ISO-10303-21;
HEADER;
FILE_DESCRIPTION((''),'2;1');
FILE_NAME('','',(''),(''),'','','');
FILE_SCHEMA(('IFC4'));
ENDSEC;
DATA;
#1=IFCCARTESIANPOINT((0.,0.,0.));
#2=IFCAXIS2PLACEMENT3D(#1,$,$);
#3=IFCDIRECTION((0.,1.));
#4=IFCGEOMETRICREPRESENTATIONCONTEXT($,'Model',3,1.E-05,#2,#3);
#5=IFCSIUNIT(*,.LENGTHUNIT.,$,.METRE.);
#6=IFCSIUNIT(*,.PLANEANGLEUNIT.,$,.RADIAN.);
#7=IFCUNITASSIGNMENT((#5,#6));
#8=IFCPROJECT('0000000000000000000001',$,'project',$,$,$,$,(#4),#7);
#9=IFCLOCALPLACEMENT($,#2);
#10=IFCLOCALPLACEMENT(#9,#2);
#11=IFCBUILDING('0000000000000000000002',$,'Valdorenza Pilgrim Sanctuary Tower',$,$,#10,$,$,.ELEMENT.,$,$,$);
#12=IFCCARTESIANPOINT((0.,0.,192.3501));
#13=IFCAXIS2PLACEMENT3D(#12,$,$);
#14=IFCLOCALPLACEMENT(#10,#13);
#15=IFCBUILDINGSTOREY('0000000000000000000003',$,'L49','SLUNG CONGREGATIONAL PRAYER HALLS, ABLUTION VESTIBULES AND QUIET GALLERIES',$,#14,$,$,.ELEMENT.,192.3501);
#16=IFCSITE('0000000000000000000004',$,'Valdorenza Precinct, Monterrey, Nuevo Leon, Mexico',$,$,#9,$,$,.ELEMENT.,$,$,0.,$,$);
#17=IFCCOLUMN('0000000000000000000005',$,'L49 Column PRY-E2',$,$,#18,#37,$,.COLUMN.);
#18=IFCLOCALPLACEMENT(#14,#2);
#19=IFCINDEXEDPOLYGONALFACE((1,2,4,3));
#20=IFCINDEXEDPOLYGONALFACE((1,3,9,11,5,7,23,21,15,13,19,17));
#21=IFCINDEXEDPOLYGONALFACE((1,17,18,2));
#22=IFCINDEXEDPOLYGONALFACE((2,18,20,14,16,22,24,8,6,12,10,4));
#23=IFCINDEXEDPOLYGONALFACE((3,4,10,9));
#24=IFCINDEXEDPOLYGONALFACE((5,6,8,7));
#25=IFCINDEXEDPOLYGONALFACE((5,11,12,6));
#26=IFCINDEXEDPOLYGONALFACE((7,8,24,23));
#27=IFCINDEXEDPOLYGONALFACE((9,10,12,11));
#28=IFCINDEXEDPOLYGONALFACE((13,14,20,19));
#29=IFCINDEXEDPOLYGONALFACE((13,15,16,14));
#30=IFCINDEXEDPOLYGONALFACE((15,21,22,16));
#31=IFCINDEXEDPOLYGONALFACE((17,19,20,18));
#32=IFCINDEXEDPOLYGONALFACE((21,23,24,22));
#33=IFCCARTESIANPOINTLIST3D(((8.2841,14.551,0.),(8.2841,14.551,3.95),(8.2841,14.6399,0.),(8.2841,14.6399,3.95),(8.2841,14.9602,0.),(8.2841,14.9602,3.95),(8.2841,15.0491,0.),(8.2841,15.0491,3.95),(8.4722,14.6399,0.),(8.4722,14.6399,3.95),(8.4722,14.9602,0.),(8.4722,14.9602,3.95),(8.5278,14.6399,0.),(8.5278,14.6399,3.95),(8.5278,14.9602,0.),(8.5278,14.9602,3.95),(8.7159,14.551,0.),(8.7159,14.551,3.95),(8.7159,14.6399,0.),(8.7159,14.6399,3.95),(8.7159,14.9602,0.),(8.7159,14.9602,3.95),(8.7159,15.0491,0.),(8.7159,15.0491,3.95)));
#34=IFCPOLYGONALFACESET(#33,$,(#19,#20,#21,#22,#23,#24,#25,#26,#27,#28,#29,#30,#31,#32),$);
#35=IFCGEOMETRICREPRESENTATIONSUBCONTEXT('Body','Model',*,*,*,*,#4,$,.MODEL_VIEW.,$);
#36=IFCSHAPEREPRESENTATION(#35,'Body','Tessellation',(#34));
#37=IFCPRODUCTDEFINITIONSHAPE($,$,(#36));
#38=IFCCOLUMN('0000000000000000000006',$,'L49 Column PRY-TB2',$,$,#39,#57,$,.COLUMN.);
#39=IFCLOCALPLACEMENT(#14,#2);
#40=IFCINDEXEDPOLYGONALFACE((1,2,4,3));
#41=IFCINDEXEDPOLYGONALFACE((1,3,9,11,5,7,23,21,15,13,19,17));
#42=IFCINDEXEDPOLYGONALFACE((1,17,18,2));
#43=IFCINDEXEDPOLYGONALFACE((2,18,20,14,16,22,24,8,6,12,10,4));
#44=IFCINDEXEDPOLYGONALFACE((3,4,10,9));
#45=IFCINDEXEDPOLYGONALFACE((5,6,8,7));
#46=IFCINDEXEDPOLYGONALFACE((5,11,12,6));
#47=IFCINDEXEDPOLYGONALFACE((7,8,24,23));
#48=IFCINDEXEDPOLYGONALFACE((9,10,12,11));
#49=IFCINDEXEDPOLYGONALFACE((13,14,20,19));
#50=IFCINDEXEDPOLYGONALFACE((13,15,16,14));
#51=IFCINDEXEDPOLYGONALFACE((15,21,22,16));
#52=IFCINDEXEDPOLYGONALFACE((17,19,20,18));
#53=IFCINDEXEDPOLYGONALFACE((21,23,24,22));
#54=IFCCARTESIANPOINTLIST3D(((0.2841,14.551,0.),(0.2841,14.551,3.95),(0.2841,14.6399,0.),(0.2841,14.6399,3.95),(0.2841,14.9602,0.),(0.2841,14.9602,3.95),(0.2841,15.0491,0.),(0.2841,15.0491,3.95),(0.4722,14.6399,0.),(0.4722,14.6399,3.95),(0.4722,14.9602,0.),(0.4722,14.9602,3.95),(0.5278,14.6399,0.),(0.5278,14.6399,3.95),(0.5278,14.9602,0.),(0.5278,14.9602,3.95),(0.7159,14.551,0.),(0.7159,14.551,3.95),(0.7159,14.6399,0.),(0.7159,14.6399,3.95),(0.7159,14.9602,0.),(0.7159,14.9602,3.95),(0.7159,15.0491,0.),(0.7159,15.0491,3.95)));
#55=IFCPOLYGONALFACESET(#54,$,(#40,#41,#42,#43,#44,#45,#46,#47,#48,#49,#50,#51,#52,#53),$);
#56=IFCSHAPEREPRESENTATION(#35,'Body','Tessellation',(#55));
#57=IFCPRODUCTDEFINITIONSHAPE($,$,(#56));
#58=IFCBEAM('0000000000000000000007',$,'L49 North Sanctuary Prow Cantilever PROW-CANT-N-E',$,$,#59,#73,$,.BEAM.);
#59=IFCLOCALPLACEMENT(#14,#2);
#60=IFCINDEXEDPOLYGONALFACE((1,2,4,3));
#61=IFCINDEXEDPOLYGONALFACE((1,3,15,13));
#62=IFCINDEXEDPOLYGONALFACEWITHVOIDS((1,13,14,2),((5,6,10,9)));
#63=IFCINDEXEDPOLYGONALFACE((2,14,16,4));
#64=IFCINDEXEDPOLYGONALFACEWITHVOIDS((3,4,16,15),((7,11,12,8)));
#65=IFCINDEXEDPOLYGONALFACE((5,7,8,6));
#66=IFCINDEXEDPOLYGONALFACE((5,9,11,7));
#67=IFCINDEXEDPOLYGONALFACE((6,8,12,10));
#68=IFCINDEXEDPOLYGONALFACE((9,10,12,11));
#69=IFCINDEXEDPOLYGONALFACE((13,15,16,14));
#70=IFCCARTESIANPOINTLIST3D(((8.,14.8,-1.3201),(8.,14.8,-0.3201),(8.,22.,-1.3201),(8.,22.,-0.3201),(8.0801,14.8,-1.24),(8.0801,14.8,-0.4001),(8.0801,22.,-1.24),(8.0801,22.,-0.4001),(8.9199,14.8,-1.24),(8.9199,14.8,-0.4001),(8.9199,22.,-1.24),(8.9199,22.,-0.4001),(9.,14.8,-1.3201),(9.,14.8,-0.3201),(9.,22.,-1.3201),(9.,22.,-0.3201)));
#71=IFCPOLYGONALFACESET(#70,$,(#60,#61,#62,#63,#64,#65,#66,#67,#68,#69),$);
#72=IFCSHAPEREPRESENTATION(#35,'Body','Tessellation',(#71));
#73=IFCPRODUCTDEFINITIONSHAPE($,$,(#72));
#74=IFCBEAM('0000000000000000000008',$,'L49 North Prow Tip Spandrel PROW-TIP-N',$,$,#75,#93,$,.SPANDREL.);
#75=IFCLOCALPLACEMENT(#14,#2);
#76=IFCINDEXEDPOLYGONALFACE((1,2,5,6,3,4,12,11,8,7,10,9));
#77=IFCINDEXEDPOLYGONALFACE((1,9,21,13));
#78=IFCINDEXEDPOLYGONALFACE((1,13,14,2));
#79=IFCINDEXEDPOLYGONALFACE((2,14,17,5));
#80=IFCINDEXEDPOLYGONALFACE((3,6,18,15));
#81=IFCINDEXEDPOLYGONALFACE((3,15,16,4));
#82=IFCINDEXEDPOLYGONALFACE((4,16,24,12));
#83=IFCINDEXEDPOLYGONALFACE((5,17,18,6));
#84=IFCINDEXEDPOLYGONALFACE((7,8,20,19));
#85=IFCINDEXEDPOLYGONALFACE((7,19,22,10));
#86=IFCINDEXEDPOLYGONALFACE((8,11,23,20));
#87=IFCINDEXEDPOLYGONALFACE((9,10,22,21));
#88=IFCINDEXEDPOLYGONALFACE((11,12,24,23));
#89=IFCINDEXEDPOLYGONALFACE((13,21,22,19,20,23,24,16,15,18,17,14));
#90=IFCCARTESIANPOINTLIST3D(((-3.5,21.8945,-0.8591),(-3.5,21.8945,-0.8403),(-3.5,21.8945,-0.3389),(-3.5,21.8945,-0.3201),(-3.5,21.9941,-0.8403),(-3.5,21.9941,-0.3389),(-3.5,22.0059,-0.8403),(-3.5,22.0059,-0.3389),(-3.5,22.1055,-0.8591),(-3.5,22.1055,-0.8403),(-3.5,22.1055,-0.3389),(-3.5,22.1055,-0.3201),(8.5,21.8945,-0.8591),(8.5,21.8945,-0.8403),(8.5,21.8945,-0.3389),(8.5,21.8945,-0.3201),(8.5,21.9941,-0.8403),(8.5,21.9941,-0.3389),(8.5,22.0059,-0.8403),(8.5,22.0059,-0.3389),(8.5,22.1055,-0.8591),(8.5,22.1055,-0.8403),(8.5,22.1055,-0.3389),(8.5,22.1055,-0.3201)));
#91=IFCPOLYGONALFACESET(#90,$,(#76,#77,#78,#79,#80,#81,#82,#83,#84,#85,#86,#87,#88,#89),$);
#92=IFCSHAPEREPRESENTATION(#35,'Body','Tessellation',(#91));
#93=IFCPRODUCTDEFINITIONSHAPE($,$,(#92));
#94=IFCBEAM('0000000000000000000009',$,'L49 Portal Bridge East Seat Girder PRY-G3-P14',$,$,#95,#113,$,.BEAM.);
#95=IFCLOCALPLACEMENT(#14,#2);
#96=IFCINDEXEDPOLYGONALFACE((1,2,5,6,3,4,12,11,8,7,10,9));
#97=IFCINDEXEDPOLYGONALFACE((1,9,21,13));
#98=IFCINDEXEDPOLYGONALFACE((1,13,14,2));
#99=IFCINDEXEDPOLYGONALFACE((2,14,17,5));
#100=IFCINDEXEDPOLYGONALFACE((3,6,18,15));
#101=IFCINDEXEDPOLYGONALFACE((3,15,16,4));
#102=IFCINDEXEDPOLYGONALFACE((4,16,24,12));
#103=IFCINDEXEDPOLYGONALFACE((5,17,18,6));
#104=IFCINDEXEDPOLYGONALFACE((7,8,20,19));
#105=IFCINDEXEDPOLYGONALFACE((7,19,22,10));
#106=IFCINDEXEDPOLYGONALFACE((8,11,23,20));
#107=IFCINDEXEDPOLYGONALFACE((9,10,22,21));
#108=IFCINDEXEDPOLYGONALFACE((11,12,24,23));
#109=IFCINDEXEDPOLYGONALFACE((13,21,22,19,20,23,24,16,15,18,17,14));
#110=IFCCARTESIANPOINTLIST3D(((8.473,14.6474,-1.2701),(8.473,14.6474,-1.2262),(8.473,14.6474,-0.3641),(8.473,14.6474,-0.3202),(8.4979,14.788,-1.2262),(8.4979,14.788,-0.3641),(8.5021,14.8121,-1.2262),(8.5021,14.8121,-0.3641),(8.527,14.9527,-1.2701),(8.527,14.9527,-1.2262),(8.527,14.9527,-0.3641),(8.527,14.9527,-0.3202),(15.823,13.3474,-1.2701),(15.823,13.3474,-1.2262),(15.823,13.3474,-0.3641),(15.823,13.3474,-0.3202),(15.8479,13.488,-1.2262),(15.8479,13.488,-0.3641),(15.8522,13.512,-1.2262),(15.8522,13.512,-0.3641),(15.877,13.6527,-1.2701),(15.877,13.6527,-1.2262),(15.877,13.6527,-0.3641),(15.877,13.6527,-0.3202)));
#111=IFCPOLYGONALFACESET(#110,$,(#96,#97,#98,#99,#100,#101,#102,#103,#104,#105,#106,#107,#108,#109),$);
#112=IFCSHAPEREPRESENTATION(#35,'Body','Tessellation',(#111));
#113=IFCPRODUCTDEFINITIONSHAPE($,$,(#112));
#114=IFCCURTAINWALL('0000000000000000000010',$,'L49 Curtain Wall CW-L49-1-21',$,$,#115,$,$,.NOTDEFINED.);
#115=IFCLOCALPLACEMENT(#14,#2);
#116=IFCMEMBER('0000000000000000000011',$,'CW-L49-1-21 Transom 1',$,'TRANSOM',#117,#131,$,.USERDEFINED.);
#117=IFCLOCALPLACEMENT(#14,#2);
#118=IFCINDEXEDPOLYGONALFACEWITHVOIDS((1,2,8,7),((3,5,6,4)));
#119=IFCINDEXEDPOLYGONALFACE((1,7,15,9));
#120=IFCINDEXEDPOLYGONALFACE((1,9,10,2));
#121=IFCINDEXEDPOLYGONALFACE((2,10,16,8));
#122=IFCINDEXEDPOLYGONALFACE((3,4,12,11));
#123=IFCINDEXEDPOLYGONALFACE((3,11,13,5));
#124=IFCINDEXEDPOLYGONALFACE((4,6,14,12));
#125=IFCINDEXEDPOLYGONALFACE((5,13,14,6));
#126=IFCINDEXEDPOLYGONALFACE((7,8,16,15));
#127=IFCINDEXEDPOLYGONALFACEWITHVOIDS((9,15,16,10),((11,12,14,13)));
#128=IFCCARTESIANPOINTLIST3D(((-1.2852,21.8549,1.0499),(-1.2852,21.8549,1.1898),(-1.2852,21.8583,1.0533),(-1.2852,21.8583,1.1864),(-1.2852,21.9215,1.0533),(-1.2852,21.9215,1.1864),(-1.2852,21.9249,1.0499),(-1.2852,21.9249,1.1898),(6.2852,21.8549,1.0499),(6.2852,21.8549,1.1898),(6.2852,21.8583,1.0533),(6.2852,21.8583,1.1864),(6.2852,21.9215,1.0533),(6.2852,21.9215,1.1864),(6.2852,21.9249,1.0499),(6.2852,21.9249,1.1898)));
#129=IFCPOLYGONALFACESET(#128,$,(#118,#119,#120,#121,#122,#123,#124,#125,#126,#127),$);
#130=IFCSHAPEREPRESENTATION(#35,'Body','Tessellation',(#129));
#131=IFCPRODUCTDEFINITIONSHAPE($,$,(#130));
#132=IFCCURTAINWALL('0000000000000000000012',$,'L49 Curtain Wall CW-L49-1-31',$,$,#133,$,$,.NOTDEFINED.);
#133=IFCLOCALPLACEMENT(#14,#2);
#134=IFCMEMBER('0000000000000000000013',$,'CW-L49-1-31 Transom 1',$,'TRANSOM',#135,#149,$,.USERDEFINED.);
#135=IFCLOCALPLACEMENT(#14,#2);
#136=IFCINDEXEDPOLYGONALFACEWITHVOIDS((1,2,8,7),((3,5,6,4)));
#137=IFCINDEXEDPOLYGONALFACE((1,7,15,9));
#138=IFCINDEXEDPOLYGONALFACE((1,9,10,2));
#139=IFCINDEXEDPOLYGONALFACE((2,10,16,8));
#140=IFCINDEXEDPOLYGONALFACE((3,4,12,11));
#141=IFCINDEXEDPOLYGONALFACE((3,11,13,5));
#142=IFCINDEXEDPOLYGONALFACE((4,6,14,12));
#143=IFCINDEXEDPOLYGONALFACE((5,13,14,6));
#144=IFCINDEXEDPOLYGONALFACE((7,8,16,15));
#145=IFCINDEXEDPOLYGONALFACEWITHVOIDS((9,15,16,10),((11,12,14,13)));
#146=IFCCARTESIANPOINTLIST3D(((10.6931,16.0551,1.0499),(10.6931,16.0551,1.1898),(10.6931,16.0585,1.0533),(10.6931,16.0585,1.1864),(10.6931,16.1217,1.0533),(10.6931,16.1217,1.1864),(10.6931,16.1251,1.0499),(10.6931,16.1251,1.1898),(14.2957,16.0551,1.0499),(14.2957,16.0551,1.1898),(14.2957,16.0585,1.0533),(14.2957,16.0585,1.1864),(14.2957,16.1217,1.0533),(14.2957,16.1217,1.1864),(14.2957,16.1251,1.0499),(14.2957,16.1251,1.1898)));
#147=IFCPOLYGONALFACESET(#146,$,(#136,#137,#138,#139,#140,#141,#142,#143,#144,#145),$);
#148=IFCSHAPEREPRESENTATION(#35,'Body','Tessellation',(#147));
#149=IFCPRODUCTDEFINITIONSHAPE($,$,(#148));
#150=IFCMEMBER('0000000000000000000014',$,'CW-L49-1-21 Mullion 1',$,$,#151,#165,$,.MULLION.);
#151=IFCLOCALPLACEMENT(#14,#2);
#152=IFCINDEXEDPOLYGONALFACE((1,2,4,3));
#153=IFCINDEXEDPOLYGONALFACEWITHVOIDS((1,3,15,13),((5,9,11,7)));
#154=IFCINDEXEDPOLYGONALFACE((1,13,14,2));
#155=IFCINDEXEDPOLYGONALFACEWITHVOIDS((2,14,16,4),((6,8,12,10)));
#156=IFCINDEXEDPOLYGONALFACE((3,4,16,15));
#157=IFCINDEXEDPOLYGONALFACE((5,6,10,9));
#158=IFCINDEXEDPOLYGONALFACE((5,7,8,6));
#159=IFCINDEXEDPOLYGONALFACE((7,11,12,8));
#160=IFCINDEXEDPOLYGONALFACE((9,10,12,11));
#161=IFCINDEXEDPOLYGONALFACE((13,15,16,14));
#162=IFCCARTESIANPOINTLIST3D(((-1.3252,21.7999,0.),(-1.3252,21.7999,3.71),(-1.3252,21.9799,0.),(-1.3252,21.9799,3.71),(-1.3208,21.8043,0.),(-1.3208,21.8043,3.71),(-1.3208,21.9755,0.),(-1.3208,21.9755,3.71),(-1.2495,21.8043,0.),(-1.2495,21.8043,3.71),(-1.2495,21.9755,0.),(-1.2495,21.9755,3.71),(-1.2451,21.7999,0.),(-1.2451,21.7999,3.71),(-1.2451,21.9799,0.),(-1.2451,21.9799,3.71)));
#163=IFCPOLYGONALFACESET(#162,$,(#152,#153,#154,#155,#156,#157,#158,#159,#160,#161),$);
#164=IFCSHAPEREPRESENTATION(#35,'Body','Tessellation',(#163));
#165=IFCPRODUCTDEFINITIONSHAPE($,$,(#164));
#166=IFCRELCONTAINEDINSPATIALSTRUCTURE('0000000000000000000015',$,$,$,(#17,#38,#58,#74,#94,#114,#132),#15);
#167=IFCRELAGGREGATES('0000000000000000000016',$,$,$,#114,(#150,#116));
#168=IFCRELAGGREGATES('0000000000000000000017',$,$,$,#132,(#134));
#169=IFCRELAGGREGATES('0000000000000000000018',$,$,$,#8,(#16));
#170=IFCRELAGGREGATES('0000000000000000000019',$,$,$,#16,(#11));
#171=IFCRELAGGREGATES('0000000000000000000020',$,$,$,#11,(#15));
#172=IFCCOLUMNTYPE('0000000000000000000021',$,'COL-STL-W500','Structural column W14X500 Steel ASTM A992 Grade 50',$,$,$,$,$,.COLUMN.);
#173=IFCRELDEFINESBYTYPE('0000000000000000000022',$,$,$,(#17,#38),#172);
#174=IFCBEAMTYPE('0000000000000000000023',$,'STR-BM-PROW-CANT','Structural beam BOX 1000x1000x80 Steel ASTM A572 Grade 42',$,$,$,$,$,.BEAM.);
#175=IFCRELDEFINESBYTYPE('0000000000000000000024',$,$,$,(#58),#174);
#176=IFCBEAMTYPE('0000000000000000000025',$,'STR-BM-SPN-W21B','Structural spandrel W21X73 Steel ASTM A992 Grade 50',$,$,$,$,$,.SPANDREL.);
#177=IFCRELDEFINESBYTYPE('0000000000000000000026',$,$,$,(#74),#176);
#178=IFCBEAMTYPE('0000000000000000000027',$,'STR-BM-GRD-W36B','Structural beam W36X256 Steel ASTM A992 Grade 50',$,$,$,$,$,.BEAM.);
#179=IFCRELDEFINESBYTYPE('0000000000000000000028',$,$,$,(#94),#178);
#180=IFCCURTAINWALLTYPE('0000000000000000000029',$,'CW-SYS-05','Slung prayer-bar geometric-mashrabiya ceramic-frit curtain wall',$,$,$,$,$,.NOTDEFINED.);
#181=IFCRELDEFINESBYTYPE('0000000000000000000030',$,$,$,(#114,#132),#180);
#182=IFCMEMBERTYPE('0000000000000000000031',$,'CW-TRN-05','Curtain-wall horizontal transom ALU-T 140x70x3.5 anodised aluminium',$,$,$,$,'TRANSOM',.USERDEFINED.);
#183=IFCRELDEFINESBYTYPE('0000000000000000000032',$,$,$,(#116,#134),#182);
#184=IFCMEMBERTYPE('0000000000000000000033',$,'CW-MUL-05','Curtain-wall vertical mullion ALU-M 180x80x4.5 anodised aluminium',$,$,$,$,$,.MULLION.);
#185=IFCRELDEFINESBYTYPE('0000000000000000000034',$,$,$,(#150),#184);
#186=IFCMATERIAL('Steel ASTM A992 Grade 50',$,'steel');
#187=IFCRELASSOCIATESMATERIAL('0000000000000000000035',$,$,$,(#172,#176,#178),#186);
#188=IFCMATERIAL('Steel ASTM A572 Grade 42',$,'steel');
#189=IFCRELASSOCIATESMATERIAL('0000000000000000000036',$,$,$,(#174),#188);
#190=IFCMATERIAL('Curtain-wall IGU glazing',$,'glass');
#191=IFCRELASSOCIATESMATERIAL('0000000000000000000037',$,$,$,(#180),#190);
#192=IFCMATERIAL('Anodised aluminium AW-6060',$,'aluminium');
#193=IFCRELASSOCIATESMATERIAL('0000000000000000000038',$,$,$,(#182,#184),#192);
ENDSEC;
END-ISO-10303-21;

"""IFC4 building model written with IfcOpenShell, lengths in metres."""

from ifc_helpers import new_model, si_unit, direction, frame, origin, origin_2d, place, context, subcontext, project, spatial, hollow_rectangle, i_section, extrude, source, transform, mapped, material, material_profile, profile_set, type_object, element, aggregate, save


model = new_model("IFC4")

# Units and contexts
model_context = context("Model", 3, precision=1e-05, world=origin(), true_north=direction((0.0, 1.0)))
body_context = subcontext(model_context, "Body", "Model", "MODEL_VIEW")
ifc_project = project(units=[si_unit("LENGTHUNIT", "METRE"), si_unit("PLANEANGLEUNIT", "RADIAN")], contexts=[model_context])

# Site, building, storey
site_placement = place(None, origin())
site = spatial("IfcSite", under=ifc_project, at=site_placement, Name="Valdorenza Precinct, Monterrey, Nuevo Leon, Mexico", CompositionType="ELEMENT", RefElevation=0.0)
building_placement = place(site_placement, origin())
building = spatial("IfcBuilding", under=site, at=building_placement, Name="Valdorenza Pilgrim Sanctuary Tower", CompositionType="ELEMENT")
storey_placement = place(building_placement, frame((0.0, 0.0, 192.3501)))
storey = spatial("IfcBuildingStorey", under=building, at=storey_placement, Name="L49", Description="SLUNG CONGREGATIONAL PRAYER HALLS, ABLUTION VESTIBULES AND QUIET GALLERIES", CompositionType="ELEMENT", Elevation=192.3501)

# Columns
ifc_material_1 = material(Name="Steel ASTM A992 Grade 50", Category="steel")
ifc_material_profile_1 = material_profile(ifc_material_1, i_section(OverallWidth=0.4319, OverallDepth=0.498, WebThickness=0.0557, FlangeThickness=0.0889, at=origin_2d()), Name="W14X500")
ifc_profile_set_1 = profile_set([ifc_material_profile_1], Name="Steel ASTM A992 Grade 50")
column_type = type_object("IfcColumnType", Name="COL-STL-W500", Description="Structural column W14X500 Steel ASTM A992 Grade 50", PredefinedType="COLUMN", material=ifc_profile_set_1)
shared_shape_1 = source(origin(), body_context, "Body", "SweptSolid", [
    extrude(i_section(OverallWidth=0.4319, OverallDepth=0.498, WebThickness=0.0557, FlangeThickness=0.0889, at=origin_2d()), origin(), (0.0, 0.0, 1.0), 3.95),
])
for number, where, z_axis, x_axis, name in (
    (1, (8.5, 14.8, 0.0), (0.0, 0.0, 1.0), (1.0, 0.0, 0.0), "L49 Column PRY-E2"),
    (2, (0.5, 14.8, 0.0), (0.0, 0.0, 1.0), (1.0, 0.0, 0.0), "L49 Column PRY-TB2"),
):
    element("IfcColumn", number, at=place(storey_placement, frame(where, z_axis=z_axis, x_axis=x_axis)), inside=storey, type_object=column_type, Name=name, PredefinedType="COLUMN", context=body_context, shape_type="MappedRepresentation", body=[
        mapped(shared_shape_1, transform((0.0, 0.0, 0.0), x_axis=(1.0, 0.0, 0.0), y_axis=(0.0, 1.0, 0.0), z_axis=(0.0, 0.0, 1.0), scale=1.0)),
    ])

# Beams
ifc_material_2 = material(Name="Steel ASTM A572 Grade 42", Category="steel")
ifc_material_profile_2 = material_profile(ifc_material_2, hollow_rectangle(XDim=1.0, YDim=1.0, WallThickness=0.0801, at=origin_2d()), Name="BOX 1000x1000x80")
ifc_profile_set_2 = profile_set([ifc_material_profile_2], Name="Steel ASTM A572 Grade 42")
beam_type_1 = type_object("IfcBeamType", Name="STR-BM-PROW-CANT", Description="Structural beam BOX 1000x1000x80 Steel ASTM A572 Grade 42", PredefinedType="BEAM", material=ifc_profile_set_2)
shared_shape_2 = source(origin(), body_context, "Body", "SweptSolid", [
    extrude(hollow_rectangle(XDim=1.0, YDim=1.0, WallThickness=0.0801, at=origin_2d()), origin(), (0.0, 0.0, 1.0), 7.2),
])
beam_1_placement = place(storey_placement, frame((8.5, 14.8, -0.8201), z_axis=(0.0, 1.0, 0.0), x_axis=(-1.0, 0.0, 0.0)))
element("IfcBeam", 3, at=beam_1_placement, inside=storey, type_object=beam_type_1, Name="L49 North Sanctuary Prow Cantilever PROW-CANT-N-E", PredefinedType="BEAM", context=body_context, shape_type="MappedRepresentation", body=[
    mapped(shared_shape_2, transform((0.0, 0.0, 0.0), x_axis=(1.0, 0.0, 0.0), y_axis=(0.0, 1.0, 0.0), z_axis=(0.0, 0.0, 1.0), scale=1.0)),
])
ifc_material_profile_3 = material_profile(ifc_material_1, i_section(OverallWidth=0.2109, OverallDepth=0.5391, WebThickness=0.0117, FlangeThickness=0.0188, at=origin_2d()), Name="W21X73")
ifc_profile_set_3 = profile_set([ifc_material_profile_3], Name="Steel ASTM A992 Grade 50")
beam_type_2 = type_object("IfcBeamType", Name="STR-BM-SPN-W21B", Description="Structural spandrel W21X73 Steel ASTM A992 Grade 50", PredefinedType="SPANDREL", material=ifc_profile_set_3)
shared_shape_3 = source(origin(), body_context, "Body", "SweptSolid", [
    extrude(i_section(OverallWidth=0.2109, OverallDepth=0.5391, WebThickness=0.0117, FlangeThickness=0.0188, at=origin_2d()), origin(), (0.0, 0.0, 1.0), 12.0),
])
beam_2_placement = place(storey_placement, frame((-3.5, 22.0, -0.5896), z_axis=(1.0, 0.0, 0.0), x_axis=(0.0, 1.0, 0.0)))
element("IfcBeam", 4, at=beam_2_placement, inside=storey, type_object=beam_type_2, Name="L49 North Prow Tip Spandrel PROW-TIP-N", PredefinedType="SPANDREL", context=body_context, shape_type="MappedRepresentation", body=[
    mapped(shared_shape_3, transform((0.0, 0.0, 0.0), x_axis=(1.0, 0.0, 0.0), y_axis=(0.0, 1.0, 0.0), z_axis=(0.0, 0.0, 1.0), scale=1.0)),
])
ifc_material_profile_4 = material_profile(ifc_material_1, i_section(OverallWidth=0.3101, OverallDepth=0.95, WebThickness=0.0244, FlangeThickness=0.0439, at=origin_2d()), Name="W36X256")
ifc_profile_set_4 = profile_set([ifc_material_profile_4], Name="Steel ASTM A992 Grade 50")
beam_type_3 = type_object("IfcBeamType", Name="STR-BM-GRD-W36B", Description="Structural beam W36X256 Steel ASTM A992 Grade 50", PredefinedType="BEAM", material=ifc_profile_set_4)
shared_shape_4 = source(origin(), body_context, "Body", "SweptSolid", [
    extrude(i_section(OverallWidth=0.3101, OverallDepth=0.95, WebThickness=0.0244, FlangeThickness=0.0439, at=origin_2d()), origin(), (0.0, 0.0, 1.0), 7.4641),
])
beam_3_placement = place(storey_placement, frame((8.5, 14.8, -0.7952), z_axis=(0.984715, -0.174172, 0.0), x_axis=(0.174172, 0.984715, 0.0)))
element("IfcBeam", 5, at=beam_3_placement, inside=storey, type_object=beam_type_3, Name="L49 Portal Bridge East Seat Girder PRY-G3-P14", PredefinedType="BEAM", context=body_context, shape_type="MappedRepresentation", body=[
    mapped(shared_shape_4, transform((0.0, 0.0, 0.0), x_axis=(1.0, 0.0, 0.0), y_axis=(0.0, 1.0, 0.0), z_axis=(0.0, 0.0, 1.0), scale=1.0)),
])

# Curtain walls, members
ifc_material_3 = material(Name="Curtain-wall IGU glazing", Category="glass")
curtain_wall_type = type_object("IfcCurtainWallType", Name="CW-SYS-05", Description="Slung prayer-bar geometric-mashrabiya ceramic-frit curtain wall", PredefinedType="NOTDEFINED", material=ifc_material_3)
curtain_wall_1_placement = place(storey_placement, origin())
curtain_wall_1 = element("IfcCurtainWall", 6, at=curtain_wall_1_placement, inside=storey, type_object=curtain_wall_type, Name="L49 Curtain Wall CW-L49-1-21", PredefinedType="NOTDEFINED")
ifc_material_4 = material(Name="Anodised aluminium AW-6060", Category="aluminium")
ifc_material_profile_5 = material_profile(ifc_material_4, hollow_rectangle(XDim=0.0701, YDim=0.1399, WallThickness=0.0034, at=origin_2d()), Name="ALU-T 140x70x3.5")
ifc_profile_set_5 = profile_set([ifc_material_profile_5], Name="Anodised aluminium AW-6060")
member_type_1 = type_object("IfcMemberType", Name="CW-TRN-05", Description="Curtain-wall horizontal transom ALU-T 140x70x3.5 anodised aluminium", ElementType="TRANSOM", PredefinedType="USERDEFINED", material=ifc_profile_set_5)
shared_shape_5 = source(origin(), body_context, "Body", "SweptSolid", [
    extrude(hollow_rectangle(XDim=0.0701, YDim=0.1399, WallThickness=0.0034, at=origin_2d()), origin(), (0.0, 0.0, 1.0), 7.5703),
])
member_1_placement = place(storey_placement, frame((-1.2852, 21.8899, 1.1199), z_axis=(1.0, 0.0, 0.0), x_axis=(0.0, 1.0, 0.0)))
member_1 = element("IfcMember", 7, at=member_1_placement, type_object=member_type_1, Name="CW-L49-1-21 Transom 1", ObjectType="TRANSOM", PredefinedType="USERDEFINED", context=body_context, shape_type="MappedRepresentation", body=[
    mapped(shared_shape_5, transform((0.0, 0.0, 0.0), x_axis=(1.0, 0.0, 0.0), y_axis=(0.0, 1.0, 0.0), z_axis=(0.0, 0.0, 1.0), scale=1.0)),
])
curtain_wall_2_placement = place(storey_placement, origin())
curtain_wall_2 = element("IfcCurtainWall", 8, at=curtain_wall_2_placement, inside=storey, type_object=curtain_wall_type, Name="L49 Curtain Wall CW-L49-1-31", PredefinedType="NOTDEFINED")
shared_shape_6 = source(origin(), body_context, "Body", "SweptSolid", [
    extrude(hollow_rectangle(XDim=0.0701, YDim=0.1399, WallThickness=0.0034, at=origin_2d()), origin(), (0.0, 0.0, 1.0), 3.6025),
])
member_2_placement = place(storey_placement, frame((10.6931, 16.0901, 1.1199), z_axis=(1.0, 0.0, 0.0), x_axis=(0.0, 1.0, 0.0)))
member_2 = element("IfcMember", 9, at=member_2_placement, type_object=member_type_1, Name="CW-L49-1-31 Transom 1", ObjectType="TRANSOM", PredefinedType="USERDEFINED", context=body_context, shape_type="MappedRepresentation", body=[
    mapped(shared_shape_6, transform((0.0, 0.0, 0.0), x_axis=(1.0, 0.0, 0.0), y_axis=(0.0, 1.0, 0.0), z_axis=(0.0, 0.0, 1.0), scale=1.0)),
])

# Member
ifc_material_profile_6 = material_profile(ifc_material_4, hollow_rectangle(XDim=0.0801, YDim=0.1799, WallThickness=0.0044, at=origin_2d()), Name="ALU-M 180x80x4.5")
ifc_profile_set_6 = profile_set([ifc_material_profile_6], Name="Anodised aluminium AW-6060")
member_type_2 = type_object("IfcMemberType", Name="CW-MUL-05", Description="Curtain-wall vertical mullion ALU-M 180x80x4.5 anodised aluminium", PredefinedType="MULLION", material=ifc_profile_set_6)
shared_shape_7 = source(origin(), body_context, "Body", "SweptSolid", [
    extrude(hollow_rectangle(XDim=0.0801, YDim=0.1799, WallThickness=0.0044, at=origin_2d()), origin(), (0.0, 0.0, 1.0), 3.71),
])
member_3_placement = place(storey_placement, frame((-1.2852, 21.8899, 0.0), z_axis=(0.0, 0.0, 1.0), x_axis=(1.0, 0.0, 0.0)))
member_3 = element("IfcMember", 10, at=member_3_placement, type_object=member_type_2, Name="CW-L49-1-21 Mullion 1", PredefinedType="MULLION", context=body_context, shape_type="MappedRepresentation", body=[
    mapped(shared_shape_7, transform((0.0, 0.0, 0.0), x_axis=(1.0, 0.0, 0.0), y_axis=(0.0, 1.0, 0.0), z_axis=(0.0, 0.0, 1.0), scale=1.0)),
])

aggregate(curtain_wall_1, [member_3, member_1])
aggregate(curtain_wall_2, [member_2])

save(model, "model.ifc")
